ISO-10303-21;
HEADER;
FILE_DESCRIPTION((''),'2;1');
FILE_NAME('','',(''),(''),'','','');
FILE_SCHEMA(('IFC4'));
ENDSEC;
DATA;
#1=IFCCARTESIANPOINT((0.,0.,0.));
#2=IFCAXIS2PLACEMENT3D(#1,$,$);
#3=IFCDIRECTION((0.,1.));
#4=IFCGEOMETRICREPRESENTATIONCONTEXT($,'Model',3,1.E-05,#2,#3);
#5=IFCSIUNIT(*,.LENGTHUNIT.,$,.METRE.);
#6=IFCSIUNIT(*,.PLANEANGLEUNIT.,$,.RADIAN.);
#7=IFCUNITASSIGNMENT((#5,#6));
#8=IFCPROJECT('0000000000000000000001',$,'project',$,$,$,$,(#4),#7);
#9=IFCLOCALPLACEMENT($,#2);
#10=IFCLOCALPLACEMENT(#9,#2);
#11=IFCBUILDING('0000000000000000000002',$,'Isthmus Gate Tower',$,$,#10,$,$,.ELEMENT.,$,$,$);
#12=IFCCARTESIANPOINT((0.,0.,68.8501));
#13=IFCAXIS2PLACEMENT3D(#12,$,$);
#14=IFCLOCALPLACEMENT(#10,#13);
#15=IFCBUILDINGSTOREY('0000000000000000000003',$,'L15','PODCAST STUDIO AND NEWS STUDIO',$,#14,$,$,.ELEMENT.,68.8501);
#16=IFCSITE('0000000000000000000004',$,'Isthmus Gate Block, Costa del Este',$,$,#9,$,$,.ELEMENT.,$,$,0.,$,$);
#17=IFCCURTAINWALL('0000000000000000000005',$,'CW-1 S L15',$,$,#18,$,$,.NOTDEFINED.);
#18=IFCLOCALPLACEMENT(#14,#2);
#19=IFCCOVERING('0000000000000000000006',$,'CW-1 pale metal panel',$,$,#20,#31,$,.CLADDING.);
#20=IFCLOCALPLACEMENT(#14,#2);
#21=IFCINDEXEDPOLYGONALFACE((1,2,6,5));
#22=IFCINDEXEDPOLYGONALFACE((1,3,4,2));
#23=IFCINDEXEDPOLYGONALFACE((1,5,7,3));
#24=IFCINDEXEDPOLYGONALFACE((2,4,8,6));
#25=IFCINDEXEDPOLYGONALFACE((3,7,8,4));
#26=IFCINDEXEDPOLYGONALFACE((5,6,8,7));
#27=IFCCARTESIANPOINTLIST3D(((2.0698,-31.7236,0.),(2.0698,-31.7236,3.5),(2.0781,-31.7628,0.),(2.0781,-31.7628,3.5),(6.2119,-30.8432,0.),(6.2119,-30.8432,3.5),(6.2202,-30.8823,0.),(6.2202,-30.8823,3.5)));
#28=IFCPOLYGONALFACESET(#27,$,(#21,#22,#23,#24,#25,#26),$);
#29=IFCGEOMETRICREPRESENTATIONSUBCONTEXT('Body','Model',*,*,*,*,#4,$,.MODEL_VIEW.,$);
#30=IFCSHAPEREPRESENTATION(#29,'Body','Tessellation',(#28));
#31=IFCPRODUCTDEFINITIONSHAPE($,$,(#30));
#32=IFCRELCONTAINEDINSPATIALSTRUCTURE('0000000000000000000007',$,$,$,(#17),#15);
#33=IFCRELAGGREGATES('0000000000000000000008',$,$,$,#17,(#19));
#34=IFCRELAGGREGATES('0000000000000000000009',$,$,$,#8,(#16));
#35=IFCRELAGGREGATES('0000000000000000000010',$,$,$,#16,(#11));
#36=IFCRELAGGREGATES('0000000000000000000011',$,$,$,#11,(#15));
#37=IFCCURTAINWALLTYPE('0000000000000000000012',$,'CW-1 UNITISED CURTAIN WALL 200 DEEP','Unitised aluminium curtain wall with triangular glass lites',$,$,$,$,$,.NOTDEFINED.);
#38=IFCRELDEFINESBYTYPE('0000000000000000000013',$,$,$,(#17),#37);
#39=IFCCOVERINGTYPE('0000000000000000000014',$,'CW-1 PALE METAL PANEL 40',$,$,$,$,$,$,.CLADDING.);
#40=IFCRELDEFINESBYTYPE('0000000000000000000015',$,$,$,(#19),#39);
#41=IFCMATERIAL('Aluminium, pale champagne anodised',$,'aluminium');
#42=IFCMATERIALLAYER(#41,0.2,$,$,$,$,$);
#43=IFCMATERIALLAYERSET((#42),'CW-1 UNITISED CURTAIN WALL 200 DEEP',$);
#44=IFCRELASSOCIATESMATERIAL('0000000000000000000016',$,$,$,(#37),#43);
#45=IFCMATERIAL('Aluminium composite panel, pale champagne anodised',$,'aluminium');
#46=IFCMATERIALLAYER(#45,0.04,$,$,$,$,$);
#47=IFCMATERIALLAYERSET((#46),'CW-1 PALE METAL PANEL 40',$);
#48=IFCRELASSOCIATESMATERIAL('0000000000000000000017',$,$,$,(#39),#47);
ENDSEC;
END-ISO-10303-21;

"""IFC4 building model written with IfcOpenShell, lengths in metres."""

from ifc_helpers import new_model, si_unit, direction, frame, origin, origin_2d, place, context, subcontext, project, spatial, rectangle, extrude, material, layer, layer_set, type_object, element, aggregate, save


model = new_model("IFC4")

# Units and contexts
model_context = context("Model", 3, precision=1e-05, world=origin(), true_north=direction((0.0, 1.0)))
body_context = subcontext(model_context, "Body", "Model", "MODEL_VIEW")
ifc_project = project(units=[si_unit("LENGTHUNIT", "METRE"), si_unit("PLANEANGLEUNIT", "RADIAN")], contexts=[model_context])

# Site, building, storey
site_placement = place(None, origin())
site = spatial("IfcSite", under=ifc_project, at=site_placement, Name="Isthmus Gate Block, Costa del Este", CompositionType="ELEMENT", RefElevation=0.0)
building_placement = place(site_placement, origin())
building = spatial("IfcBuilding", under=site, at=building_placement, Name="Isthmus Gate Tower", CompositionType="ELEMENT")
storey_placement = place(building_placement, frame((0.0, 0.0, 68.8501)))
storey = spatial("IfcBuildingStorey", under=building, at=storey_placement, Name="L15", Description="PODCAST STUDIO AND NEWS STUDIO", CompositionType="ELEMENT", Elevation=68.8501)

# Curtain wall
ifc_material_1 = material(Name="Aluminium, pale champagne anodised", Category="aluminium")
ifc_layer_1 = layer(ifc_material_1, 0.2)
ifc_layer_set_1 = layer_set([ifc_layer_1], Name="CW-1 UNITISED CURTAIN WALL 200 DEEP")
curtain_wall_type = type_object("IfcCurtainWallType", Name="CW-1 UNITISED CURTAIN WALL 200 DEEP", Description="Unitised aluminium curtain wall with triangular glass lites", PredefinedType="NOTDEFINED", material=ifc_layer_set_1)
curtain_wall_placement = place(storey_placement, origin())
curtain_wall = element("IfcCurtainWall", 1, at=curtain_wall_placement, inside=storey, type_object=curtain_wall_type, Name="CW-1 S L15", PredefinedType="NOTDEFINED")

# Covering
ifc_material_2 = material(Name="Aluminium composite panel, pale champagne anodised", Category="aluminium")
ifc_layer_2 = layer(ifc_material_2, 0.04)
ifc_layer_set_2 = layer_set([ifc_layer_2], Name="CW-1 PALE METAL PANEL 40")
covering_type = type_object("IfcCoveringType", Name="CW-1 PALE METAL PANEL 40", PredefinedType="CLADDING", material=ifc_layer_set_2)
covering_1_placement = place(storey_placement, frame((4.145, -31.303, 0.0), z_axis=(0.0, 0.0, 1.0), x_axis=(0.978148, 0.207912, 0.0)))
covering_1 = element("IfcCovering", 2, at=covering_1_placement, type_object=covering_type, Name="CW-1 pale metal panel", PredefinedType="CLADDING", context=body_context, shape_type="SweptSolid", body=[
    extrude(rectangle(XDim=4.2346, YDim=0.04, at=origin_2d()), origin(), (0.0, 0.0, 1.0), 3.5),
])
aggregate(curtain_wall, [covering_1])

save(model, "model.ifc")
